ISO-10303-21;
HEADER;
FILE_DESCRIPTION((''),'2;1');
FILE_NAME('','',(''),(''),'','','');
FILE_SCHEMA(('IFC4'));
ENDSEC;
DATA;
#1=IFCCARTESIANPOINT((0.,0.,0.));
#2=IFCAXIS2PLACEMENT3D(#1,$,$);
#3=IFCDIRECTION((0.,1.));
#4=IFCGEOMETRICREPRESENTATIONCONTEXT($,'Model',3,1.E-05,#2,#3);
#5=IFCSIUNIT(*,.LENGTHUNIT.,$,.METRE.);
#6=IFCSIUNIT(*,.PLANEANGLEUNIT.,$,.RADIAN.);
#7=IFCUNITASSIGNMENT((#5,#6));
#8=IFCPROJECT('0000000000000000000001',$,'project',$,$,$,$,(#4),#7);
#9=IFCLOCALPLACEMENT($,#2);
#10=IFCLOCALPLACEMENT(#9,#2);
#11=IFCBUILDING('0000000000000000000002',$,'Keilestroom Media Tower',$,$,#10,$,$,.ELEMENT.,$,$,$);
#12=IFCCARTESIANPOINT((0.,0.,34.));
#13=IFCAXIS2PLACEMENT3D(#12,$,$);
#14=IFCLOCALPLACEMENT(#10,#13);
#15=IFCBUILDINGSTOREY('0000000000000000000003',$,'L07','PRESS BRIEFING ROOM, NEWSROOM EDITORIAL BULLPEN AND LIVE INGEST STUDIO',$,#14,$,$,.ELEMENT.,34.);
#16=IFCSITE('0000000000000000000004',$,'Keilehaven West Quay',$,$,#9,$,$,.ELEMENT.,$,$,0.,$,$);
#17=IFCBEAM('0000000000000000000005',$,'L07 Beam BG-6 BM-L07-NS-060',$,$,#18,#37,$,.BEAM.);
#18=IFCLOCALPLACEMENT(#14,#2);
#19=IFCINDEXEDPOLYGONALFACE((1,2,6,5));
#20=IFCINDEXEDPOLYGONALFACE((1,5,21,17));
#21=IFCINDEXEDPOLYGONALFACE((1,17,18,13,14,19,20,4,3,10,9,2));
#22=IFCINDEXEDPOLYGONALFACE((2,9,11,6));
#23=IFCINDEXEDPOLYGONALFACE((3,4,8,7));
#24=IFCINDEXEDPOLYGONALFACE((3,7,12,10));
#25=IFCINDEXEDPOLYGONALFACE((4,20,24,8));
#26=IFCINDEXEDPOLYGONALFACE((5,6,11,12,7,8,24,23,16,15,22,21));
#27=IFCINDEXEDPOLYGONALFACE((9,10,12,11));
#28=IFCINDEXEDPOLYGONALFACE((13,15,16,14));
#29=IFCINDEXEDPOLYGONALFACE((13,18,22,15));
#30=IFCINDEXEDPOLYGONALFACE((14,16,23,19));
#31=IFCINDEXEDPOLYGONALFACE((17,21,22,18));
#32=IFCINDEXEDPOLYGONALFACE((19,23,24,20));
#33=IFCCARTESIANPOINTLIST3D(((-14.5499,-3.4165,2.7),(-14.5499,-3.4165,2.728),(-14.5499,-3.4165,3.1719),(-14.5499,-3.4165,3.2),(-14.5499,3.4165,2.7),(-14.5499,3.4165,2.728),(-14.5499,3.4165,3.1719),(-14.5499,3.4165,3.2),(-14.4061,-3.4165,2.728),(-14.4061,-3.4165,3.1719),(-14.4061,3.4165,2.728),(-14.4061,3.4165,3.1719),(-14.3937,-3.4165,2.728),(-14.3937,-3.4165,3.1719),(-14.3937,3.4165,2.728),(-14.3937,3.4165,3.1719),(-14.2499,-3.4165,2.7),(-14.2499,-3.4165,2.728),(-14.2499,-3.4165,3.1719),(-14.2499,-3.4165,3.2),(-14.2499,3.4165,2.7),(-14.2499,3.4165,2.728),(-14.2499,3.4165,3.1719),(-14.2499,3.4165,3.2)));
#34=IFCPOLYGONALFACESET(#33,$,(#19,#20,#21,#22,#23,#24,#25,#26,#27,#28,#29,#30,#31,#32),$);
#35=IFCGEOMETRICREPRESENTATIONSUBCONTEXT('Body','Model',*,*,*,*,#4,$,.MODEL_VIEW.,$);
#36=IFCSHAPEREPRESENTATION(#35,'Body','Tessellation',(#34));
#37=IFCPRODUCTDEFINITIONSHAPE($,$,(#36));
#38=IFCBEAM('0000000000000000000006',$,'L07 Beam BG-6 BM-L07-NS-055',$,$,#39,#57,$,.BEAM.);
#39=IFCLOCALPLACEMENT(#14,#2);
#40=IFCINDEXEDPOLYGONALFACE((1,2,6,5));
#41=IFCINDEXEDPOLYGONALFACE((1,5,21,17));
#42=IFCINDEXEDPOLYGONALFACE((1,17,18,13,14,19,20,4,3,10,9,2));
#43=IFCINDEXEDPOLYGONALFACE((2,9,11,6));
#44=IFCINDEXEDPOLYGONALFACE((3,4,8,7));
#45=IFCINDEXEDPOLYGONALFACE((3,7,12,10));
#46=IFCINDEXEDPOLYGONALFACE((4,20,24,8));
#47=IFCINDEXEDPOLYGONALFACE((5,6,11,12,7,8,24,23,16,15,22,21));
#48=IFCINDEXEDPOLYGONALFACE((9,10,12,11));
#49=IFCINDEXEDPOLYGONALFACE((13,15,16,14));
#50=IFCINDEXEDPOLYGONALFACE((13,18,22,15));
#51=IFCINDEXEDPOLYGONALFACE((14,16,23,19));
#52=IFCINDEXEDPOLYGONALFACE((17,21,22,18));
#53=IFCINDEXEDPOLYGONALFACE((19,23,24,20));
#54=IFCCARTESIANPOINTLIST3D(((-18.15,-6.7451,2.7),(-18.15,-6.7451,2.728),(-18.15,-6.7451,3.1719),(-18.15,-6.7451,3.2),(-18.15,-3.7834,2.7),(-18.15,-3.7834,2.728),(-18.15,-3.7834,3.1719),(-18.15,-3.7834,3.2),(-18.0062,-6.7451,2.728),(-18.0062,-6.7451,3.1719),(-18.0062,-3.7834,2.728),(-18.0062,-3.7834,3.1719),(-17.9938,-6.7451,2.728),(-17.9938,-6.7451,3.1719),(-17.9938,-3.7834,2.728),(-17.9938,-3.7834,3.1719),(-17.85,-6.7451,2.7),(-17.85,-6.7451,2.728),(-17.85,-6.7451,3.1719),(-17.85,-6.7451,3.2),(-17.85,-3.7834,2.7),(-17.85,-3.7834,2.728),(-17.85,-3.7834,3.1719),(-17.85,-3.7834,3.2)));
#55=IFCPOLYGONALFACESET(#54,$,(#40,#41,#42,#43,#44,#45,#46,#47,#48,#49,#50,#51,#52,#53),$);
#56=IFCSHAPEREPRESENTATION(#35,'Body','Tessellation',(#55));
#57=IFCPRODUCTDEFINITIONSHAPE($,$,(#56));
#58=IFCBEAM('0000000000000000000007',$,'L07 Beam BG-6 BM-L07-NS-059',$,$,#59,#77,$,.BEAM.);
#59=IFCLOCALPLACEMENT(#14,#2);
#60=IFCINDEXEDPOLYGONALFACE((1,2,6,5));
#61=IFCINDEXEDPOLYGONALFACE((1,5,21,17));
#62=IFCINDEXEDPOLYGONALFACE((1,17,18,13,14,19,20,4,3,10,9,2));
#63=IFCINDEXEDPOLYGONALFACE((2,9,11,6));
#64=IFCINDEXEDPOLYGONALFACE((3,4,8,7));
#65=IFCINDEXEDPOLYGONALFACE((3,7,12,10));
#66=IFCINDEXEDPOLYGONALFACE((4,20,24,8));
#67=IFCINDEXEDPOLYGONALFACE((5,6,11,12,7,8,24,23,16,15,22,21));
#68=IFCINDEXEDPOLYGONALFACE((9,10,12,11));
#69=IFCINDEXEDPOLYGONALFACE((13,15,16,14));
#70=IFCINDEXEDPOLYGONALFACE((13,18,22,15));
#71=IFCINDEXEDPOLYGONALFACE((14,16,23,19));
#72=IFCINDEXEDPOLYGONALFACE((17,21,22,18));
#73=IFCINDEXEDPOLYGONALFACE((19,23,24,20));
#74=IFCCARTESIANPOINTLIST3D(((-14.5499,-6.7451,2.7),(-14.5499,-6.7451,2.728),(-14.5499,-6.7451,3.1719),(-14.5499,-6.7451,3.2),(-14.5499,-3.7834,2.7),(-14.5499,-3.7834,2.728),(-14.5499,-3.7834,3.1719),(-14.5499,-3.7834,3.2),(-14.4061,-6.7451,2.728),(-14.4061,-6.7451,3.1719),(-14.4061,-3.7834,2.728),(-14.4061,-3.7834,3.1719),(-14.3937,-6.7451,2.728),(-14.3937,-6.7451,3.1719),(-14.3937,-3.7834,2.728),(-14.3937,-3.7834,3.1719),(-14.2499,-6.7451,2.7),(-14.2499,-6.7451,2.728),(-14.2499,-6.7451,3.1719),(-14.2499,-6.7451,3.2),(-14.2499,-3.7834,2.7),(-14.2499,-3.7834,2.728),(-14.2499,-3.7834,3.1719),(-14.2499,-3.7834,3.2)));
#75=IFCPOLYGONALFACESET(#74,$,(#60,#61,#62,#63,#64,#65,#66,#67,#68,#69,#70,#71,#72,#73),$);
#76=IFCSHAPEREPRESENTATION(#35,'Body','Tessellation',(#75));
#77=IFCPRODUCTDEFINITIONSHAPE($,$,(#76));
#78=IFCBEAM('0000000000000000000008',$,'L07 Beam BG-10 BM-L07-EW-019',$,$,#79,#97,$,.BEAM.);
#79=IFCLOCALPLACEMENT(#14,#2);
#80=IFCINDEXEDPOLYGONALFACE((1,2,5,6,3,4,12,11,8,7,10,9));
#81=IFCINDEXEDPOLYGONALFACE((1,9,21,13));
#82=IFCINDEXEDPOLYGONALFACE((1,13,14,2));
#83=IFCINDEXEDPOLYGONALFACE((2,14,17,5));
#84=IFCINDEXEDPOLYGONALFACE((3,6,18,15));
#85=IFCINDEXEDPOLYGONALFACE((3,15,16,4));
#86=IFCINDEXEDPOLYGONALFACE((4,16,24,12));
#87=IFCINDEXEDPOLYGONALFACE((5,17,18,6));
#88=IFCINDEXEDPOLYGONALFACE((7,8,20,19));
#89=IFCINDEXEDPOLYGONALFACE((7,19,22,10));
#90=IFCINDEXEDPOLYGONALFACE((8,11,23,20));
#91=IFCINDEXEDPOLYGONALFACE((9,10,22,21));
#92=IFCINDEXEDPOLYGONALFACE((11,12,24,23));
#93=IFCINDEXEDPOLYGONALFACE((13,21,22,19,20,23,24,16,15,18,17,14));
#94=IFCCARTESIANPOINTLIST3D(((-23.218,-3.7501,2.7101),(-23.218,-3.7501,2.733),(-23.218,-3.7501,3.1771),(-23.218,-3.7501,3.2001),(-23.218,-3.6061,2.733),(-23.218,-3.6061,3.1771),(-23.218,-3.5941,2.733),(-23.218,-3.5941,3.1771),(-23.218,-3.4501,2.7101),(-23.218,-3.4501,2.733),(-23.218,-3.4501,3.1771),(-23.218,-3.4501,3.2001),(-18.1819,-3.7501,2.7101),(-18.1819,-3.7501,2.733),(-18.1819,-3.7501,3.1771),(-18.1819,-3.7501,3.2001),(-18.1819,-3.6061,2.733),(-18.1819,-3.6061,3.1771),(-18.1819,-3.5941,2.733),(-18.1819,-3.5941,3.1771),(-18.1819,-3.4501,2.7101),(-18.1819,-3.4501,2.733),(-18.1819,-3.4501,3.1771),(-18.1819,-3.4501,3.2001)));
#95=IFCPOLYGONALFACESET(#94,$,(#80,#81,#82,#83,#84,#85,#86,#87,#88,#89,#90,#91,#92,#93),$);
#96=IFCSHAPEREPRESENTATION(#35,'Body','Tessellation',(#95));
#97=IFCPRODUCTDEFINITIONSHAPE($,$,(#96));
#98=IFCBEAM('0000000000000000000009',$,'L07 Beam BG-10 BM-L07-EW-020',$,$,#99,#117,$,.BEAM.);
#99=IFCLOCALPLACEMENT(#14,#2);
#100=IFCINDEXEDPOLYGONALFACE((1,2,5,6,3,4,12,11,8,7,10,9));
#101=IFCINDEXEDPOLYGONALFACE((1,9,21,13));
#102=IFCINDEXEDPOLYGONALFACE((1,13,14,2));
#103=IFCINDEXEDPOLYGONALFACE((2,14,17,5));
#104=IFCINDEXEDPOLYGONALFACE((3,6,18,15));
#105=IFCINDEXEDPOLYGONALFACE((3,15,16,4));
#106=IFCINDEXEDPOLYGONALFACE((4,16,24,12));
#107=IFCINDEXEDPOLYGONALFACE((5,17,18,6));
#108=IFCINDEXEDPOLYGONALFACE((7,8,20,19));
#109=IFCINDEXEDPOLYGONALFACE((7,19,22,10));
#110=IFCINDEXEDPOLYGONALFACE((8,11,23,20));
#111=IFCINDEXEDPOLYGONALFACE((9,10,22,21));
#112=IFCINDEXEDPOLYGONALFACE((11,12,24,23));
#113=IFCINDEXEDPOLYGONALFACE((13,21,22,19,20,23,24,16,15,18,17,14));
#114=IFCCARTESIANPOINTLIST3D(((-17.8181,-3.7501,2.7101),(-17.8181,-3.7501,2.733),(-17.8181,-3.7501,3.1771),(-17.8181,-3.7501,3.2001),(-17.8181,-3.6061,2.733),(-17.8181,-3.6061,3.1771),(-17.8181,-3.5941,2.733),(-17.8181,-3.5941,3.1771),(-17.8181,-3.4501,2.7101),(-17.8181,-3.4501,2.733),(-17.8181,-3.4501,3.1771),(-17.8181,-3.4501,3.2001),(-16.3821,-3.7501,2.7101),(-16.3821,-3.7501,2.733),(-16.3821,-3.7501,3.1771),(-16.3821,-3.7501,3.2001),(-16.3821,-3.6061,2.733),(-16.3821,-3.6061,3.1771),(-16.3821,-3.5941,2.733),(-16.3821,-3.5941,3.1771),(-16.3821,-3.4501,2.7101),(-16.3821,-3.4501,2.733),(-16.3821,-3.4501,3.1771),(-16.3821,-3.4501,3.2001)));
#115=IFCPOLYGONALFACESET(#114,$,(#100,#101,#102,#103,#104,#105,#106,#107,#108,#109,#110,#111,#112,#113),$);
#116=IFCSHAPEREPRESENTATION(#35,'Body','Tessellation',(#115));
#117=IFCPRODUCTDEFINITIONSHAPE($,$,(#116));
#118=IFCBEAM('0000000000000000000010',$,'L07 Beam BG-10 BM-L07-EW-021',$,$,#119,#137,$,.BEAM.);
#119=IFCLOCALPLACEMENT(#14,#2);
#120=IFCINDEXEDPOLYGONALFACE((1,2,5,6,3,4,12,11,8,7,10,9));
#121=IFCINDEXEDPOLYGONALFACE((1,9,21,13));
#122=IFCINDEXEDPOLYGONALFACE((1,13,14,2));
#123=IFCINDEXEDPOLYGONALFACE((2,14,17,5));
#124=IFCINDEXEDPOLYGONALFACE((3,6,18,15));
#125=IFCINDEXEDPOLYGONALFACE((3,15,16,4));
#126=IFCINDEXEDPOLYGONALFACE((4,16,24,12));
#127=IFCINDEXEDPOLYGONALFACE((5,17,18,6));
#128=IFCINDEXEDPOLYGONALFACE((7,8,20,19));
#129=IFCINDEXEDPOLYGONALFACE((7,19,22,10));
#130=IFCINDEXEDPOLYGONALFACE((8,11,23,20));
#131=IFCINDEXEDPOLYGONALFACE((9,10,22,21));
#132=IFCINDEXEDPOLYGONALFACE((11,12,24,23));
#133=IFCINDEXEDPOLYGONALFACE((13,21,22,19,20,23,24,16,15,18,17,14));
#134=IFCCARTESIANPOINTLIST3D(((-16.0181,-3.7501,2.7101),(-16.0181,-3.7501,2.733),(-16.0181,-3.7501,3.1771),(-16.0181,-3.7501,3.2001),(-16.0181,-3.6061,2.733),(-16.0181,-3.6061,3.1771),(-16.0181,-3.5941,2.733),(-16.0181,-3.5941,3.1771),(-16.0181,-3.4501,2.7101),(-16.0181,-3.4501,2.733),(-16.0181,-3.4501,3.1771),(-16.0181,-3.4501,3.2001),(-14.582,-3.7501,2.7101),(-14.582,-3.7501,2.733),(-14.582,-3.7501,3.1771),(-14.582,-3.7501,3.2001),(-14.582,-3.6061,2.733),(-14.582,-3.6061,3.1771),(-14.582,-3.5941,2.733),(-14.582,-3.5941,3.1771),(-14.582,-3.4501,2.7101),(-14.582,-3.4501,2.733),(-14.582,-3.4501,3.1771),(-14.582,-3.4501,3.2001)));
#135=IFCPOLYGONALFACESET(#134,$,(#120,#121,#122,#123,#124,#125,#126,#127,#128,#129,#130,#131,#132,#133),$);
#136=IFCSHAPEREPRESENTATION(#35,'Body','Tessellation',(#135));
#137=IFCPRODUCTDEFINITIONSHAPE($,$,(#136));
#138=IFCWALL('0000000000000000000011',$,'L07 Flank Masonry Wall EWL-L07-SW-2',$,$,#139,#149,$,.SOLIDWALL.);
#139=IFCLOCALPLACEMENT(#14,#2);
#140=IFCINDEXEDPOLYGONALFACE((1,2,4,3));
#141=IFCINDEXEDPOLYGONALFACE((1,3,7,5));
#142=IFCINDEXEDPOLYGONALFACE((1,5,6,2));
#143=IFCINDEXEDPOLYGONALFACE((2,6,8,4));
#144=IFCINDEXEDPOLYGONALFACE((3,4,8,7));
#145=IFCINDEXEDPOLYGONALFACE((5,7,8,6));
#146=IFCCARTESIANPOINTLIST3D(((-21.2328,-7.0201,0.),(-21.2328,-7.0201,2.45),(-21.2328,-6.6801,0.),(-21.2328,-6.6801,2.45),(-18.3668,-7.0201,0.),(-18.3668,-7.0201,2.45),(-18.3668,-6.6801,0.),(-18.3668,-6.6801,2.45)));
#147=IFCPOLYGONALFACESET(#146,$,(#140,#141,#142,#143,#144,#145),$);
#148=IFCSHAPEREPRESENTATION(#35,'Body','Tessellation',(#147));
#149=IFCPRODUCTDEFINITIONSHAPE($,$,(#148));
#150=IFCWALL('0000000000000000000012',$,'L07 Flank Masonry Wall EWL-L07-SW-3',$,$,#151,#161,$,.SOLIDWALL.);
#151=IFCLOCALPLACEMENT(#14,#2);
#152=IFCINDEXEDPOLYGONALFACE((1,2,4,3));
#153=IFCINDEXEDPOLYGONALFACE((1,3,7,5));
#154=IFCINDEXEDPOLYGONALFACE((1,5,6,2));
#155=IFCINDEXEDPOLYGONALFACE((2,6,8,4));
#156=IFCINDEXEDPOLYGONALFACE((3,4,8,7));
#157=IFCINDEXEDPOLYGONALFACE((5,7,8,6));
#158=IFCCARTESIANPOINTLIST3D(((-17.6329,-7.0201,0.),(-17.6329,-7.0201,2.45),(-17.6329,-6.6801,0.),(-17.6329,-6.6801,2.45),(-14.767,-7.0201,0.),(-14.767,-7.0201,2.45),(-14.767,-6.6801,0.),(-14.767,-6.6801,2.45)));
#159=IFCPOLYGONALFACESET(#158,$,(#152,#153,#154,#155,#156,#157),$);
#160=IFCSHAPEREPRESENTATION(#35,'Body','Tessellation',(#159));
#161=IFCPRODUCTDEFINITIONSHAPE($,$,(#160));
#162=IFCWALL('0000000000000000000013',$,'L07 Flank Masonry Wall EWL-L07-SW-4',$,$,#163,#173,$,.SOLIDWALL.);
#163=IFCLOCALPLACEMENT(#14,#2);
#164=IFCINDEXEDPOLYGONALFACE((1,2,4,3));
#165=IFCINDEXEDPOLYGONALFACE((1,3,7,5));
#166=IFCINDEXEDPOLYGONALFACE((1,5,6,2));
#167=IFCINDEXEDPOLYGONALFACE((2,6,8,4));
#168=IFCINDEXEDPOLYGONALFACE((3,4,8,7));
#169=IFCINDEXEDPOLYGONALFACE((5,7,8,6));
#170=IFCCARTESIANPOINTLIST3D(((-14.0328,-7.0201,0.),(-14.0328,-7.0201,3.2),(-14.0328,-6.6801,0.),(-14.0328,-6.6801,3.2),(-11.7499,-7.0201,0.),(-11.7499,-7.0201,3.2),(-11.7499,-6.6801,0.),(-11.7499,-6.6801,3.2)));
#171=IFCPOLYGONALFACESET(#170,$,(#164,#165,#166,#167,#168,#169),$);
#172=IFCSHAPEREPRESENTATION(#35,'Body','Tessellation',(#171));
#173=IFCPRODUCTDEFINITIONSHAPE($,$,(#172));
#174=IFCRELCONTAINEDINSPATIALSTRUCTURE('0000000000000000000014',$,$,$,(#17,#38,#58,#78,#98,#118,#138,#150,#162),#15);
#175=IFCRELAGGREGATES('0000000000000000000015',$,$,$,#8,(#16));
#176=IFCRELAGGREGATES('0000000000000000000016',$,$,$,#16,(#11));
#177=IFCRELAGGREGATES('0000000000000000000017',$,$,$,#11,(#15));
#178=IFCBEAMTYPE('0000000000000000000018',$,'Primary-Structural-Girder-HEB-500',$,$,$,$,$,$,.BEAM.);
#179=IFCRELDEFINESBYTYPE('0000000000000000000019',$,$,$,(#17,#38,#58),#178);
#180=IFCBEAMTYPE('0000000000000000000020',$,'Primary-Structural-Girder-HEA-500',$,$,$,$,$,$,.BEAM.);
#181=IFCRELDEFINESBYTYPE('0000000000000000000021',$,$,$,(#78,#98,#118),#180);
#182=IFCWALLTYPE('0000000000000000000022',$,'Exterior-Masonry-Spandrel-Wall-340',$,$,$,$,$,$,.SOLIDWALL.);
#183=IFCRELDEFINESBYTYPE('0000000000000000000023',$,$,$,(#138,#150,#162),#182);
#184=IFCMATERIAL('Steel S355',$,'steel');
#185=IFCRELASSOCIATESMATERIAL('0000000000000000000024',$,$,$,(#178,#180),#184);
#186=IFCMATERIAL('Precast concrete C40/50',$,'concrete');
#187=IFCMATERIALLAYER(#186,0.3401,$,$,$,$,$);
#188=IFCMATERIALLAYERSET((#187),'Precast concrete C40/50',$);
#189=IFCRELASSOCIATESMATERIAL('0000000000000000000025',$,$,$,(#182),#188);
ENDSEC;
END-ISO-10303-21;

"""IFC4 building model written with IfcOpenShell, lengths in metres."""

from ifc_helpers import new_model, si_unit, direction, frame, frame_2d, origin, origin_2d, place, context, subcontext, project, spatial, rectangle, i_section, extrude, source, transform, mapped, material, layer, layer_set, material_profile, profile_set, type_object, element, save


model = new_model("IFC4")

# Units and contexts
model_context = context("Model", 3, precision=1e-05, world=origin(), true_north=direction((0.0, 1.0)))
body_context = subcontext(model_context, "Body", "Model", "MODEL_VIEW")
ifc_project = project(units=[si_unit("LENGTHUNIT", "METRE"), si_unit("PLANEANGLEUNIT", "RADIAN")], contexts=[model_context])

# Site, building, storey
site_placement = place(None, origin())
site = spatial("IfcSite", under=ifc_project, at=site_placement, Name="Keilehaven West Quay", CompositionType="ELEMENT", RefElevation=0.0)
building_placement = place(site_placement, origin())
building = spatial("IfcBuilding", under=site, at=building_placement, Name="Keilestroom Media Tower", CompositionType="ELEMENT")
storey_placement = place(building_placement, frame((0.0, 0.0, 34.0)))
storey = spatial("IfcBuildingStorey", under=building, at=storey_placement, Name="L07", Description="PRESS BRIEFING ROOM, NEWSROOM EDITORIAL BULLPEN AND LIVE INGEST STUDIO", CompositionType="ELEMENT", Elevation=34.0)

# Shared definitions
ifc_material_1 = material(Name="Precast concrete C40/50", Category="concrete")

# Beams
ifc_material_2 = material(Name="Steel S355", Category="steel")
ifc_material_profile_1 = material_profile(ifc_material_2, i_section(OverallWidth=0.3, OverallDepth=0.5, WebThickness=0.0125, FlangeThickness=0.0281, at=origin_2d()), Name="HEB 500")
ifc_profile_set_1 = profile_set([ifc_material_profile_1], Name="Steel S355")
beam_type_1 = type_object("IfcBeamType", Name="Primary-Structural-Girder-HEB-500", PredefinedType="BEAM", material=ifc_profile_set_1)
shared_shape_1 = source(origin(), body_context, "Body", "SweptSolid", [
    extrude(i_section(OverallWidth=0.3, OverallDepth=0.5, WebThickness=0.0125, FlangeThickness=0.0281, at=origin_2d()), origin(), (0.0, 0.0, 1.0), 6.833),
])
for number, where, z_axis, x_axis, name in (
    (1, (-14.3999, -3.4165, 2.95), (0.0, 1.0, 0.0), (-1.0, 0.0, 0.0), "L07 Beam BG-6 BM-L07-NS-060"),
):
    element("IfcBeam", number, at=place(storey_placement, frame(where, z_axis=z_axis, x_axis=x_axis)), inside=storey, type_object=beam_type_1, Name=name, PredefinedType="BEAM", context=body_context, shape_type="MappedRepresentation", body=[
        mapped(shared_shape_1, transform((0.0, 0.0, 0.0), x_axis=(1.0, 0.0, 0.0), y_axis=(0.0, 1.0, 0.0), z_axis=(0.0, 0.0, 1.0), scale=1.0)),
    ])
shared_shape_2 = source(origin(), body_context, "Body", "SweptSolid", [
    extrude(i_section(OverallWidth=0.3, OverallDepth=0.5, WebThickness=0.0125, FlangeThickness=0.0281, at=origin_2d()), origin(), (0.0, 0.0, 1.0), 2.9617),
])
for number, where, z_axis, x_axis, name in (
    (2, (-18.0, -6.7451, 2.95), (0.0, 1.0, 0.0), (-1.0, 0.0, 0.0), "L07 Beam BG-6 BM-L07-NS-055"),
    (3, (-14.3999, -6.7451, 2.95), (0.0, 1.0, 0.0), (-1.0, 0.0, 0.0), "L07 Beam BG-6 BM-L07-NS-059"),
):
    element("IfcBeam", number, at=place(storey_placement, frame(where, z_axis=z_axis, x_axis=x_axis)), inside=storey, type_object=beam_type_1, Name=name, PredefinedType="BEAM", context=body_context, shape_type="MappedRepresentation", body=[
        mapped(shared_shape_2, transform((0.0, 0.0, 0.0), x_axis=(1.0, 0.0, 0.0), y_axis=(0.0, 1.0, 0.0), z_axis=(0.0, 0.0, 1.0), scale=1.0)),
    ])
ifc_material_profile_2 = material_profile(ifc_material_2, i_section(OverallWidth=0.3, OverallDepth=0.49, WebThickness=0.012, FlangeThickness=0.0229, at=origin_2d()), Name="HEA 500")
ifc_profile_set_2 = profile_set([ifc_material_profile_2], Name="Steel S355")
beam_type_2 = type_object("IfcBeamType", Name="Primary-Structural-Girder-HEA-500", PredefinedType="BEAM", material=ifc_profile_set_2)
shared_shape_3 = source(origin(), body_context, "Body", "SweptSolid", [
    extrude(i_section(OverallWidth=0.3, OverallDepth=0.49, WebThickness=0.012, FlangeThickness=0.0229, at=origin_2d()), origin(), (0.0, 0.0, 1.0), 5.0361),
])
beam_1_placement = place(storey_placement, frame((-23.218, -3.6001, 2.9551), z_axis=(1.0, 0.0, 0.0), x_axis=(0.0, 1.0, 0.0)))
element("IfcBeam", 4, at=beam_1_placement, inside=storey, type_object=beam_type_2, Name="L07 Beam BG-10 BM-L07-EW-019", PredefinedType="BEAM", context=body_context, shape_type="MappedRepresentation", body=[
    mapped(shared_shape_3, transform((0.0, 0.0, 0.0), x_axis=(1.0, 0.0, 0.0), y_axis=(0.0, 1.0, 0.0), z_axis=(0.0, 0.0, 1.0), scale=1.0)),
])
shared_shape_4 = source(origin(), body_context, "Body", "SweptSolid", [
    extrude(i_section(OverallWidth=0.3, OverallDepth=0.49, WebThickness=0.012, FlangeThickness=0.0229, at=origin_2d()), origin(), (0.0, 0.0, 1.0), 1.436),
])
for number, where, z_axis, x_axis, name in (
    (5, (-17.8181, -3.6001, 2.9551), (1.0, 0.0, 0.0), (0.0, 1.0, 0.0), "L07 Beam BG-10 BM-L07-EW-020"),
    (6, (-16.0181, -3.6001, 2.9551), (1.0, 0.0, 0.0), (0.0, 1.0, 0.0), "L07 Beam BG-10 BM-L07-EW-021"),
):
    element("IfcBeam", number, at=place(storey_placement, frame(where, z_axis=z_axis, x_axis=x_axis)), inside=storey, type_object=beam_type_2, Name=name, PredefinedType="BEAM", context=body_context, shape_type="MappedRepresentation", body=[
        mapped(shared_shape_4, transform((0.0, 0.0, 0.0), x_axis=(1.0, 0.0, 0.0), y_axis=(0.0, 1.0, 0.0), z_axis=(0.0, 0.0, 1.0), scale=1.0)),
    ])

# Walls
ifc_layer_1 = layer(ifc_material_1, 0.3401)
ifc_layer_set_1 = layer_set([ifc_layer_1], Name="Precast concrete C40/50")
wall_type_1 = type_object("IfcWallType", Name="Exterior-Masonry-Spandrel-Wall-340", PredefinedType="SOLIDWALL", material=ifc_layer_set_1)
for number, where, z_axis, x_axis, name in (
    (7, (-21.2329, -6.8501, 0.0), (0.0, 0.0, 1.0), (1.0, 0.0, 0.0), "L07 Flank Masonry Wall EWL-L07-SW-2"),
    (8, (-17.6331, -6.8501, 0.0), (0.0, 0.0, 1.0), (1.0, 0.0, 0.0), "L07 Flank Masonry Wall EWL-L07-SW-3"),
):
    element("IfcWall", number, at=place(storey_placement, frame(where, z_axis=z_axis, x_axis=x_axis)), inside=storey, type_object=wall_type_1, Name=name, PredefinedType="SOLIDWALL", context=body_context, shape_type="SweptSolid", body=[
        extrude(rectangle(XDim=2.866, YDim=0.3401, at=frame_2d((1.4331, 0.0))), origin(), (0.0, 0.0, 1.0), 2.45),
    ])
wall_1_placement = place(storey_placement, frame((-14.033, -6.8501, 0.0), z_axis=(0.0, 0.0, 1.0), x_axis=(1.0, 0.0, 0.0)))
element("IfcWall", 9, at=wall_1_placement, inside=storey, type_object=wall_type_1, Name="L07 Flank Masonry Wall EWL-L07-SW-4", PredefinedType="SOLIDWALL", context=body_context, shape_type="SweptSolid", body=[
    extrude(rectangle(XDim=2.283, YDim=0.3401, at=frame_2d((1.1416, 0.0))), origin(), (0.0, 0.0, 1.0), 3.2),
])

save(model, "model.ifc")
